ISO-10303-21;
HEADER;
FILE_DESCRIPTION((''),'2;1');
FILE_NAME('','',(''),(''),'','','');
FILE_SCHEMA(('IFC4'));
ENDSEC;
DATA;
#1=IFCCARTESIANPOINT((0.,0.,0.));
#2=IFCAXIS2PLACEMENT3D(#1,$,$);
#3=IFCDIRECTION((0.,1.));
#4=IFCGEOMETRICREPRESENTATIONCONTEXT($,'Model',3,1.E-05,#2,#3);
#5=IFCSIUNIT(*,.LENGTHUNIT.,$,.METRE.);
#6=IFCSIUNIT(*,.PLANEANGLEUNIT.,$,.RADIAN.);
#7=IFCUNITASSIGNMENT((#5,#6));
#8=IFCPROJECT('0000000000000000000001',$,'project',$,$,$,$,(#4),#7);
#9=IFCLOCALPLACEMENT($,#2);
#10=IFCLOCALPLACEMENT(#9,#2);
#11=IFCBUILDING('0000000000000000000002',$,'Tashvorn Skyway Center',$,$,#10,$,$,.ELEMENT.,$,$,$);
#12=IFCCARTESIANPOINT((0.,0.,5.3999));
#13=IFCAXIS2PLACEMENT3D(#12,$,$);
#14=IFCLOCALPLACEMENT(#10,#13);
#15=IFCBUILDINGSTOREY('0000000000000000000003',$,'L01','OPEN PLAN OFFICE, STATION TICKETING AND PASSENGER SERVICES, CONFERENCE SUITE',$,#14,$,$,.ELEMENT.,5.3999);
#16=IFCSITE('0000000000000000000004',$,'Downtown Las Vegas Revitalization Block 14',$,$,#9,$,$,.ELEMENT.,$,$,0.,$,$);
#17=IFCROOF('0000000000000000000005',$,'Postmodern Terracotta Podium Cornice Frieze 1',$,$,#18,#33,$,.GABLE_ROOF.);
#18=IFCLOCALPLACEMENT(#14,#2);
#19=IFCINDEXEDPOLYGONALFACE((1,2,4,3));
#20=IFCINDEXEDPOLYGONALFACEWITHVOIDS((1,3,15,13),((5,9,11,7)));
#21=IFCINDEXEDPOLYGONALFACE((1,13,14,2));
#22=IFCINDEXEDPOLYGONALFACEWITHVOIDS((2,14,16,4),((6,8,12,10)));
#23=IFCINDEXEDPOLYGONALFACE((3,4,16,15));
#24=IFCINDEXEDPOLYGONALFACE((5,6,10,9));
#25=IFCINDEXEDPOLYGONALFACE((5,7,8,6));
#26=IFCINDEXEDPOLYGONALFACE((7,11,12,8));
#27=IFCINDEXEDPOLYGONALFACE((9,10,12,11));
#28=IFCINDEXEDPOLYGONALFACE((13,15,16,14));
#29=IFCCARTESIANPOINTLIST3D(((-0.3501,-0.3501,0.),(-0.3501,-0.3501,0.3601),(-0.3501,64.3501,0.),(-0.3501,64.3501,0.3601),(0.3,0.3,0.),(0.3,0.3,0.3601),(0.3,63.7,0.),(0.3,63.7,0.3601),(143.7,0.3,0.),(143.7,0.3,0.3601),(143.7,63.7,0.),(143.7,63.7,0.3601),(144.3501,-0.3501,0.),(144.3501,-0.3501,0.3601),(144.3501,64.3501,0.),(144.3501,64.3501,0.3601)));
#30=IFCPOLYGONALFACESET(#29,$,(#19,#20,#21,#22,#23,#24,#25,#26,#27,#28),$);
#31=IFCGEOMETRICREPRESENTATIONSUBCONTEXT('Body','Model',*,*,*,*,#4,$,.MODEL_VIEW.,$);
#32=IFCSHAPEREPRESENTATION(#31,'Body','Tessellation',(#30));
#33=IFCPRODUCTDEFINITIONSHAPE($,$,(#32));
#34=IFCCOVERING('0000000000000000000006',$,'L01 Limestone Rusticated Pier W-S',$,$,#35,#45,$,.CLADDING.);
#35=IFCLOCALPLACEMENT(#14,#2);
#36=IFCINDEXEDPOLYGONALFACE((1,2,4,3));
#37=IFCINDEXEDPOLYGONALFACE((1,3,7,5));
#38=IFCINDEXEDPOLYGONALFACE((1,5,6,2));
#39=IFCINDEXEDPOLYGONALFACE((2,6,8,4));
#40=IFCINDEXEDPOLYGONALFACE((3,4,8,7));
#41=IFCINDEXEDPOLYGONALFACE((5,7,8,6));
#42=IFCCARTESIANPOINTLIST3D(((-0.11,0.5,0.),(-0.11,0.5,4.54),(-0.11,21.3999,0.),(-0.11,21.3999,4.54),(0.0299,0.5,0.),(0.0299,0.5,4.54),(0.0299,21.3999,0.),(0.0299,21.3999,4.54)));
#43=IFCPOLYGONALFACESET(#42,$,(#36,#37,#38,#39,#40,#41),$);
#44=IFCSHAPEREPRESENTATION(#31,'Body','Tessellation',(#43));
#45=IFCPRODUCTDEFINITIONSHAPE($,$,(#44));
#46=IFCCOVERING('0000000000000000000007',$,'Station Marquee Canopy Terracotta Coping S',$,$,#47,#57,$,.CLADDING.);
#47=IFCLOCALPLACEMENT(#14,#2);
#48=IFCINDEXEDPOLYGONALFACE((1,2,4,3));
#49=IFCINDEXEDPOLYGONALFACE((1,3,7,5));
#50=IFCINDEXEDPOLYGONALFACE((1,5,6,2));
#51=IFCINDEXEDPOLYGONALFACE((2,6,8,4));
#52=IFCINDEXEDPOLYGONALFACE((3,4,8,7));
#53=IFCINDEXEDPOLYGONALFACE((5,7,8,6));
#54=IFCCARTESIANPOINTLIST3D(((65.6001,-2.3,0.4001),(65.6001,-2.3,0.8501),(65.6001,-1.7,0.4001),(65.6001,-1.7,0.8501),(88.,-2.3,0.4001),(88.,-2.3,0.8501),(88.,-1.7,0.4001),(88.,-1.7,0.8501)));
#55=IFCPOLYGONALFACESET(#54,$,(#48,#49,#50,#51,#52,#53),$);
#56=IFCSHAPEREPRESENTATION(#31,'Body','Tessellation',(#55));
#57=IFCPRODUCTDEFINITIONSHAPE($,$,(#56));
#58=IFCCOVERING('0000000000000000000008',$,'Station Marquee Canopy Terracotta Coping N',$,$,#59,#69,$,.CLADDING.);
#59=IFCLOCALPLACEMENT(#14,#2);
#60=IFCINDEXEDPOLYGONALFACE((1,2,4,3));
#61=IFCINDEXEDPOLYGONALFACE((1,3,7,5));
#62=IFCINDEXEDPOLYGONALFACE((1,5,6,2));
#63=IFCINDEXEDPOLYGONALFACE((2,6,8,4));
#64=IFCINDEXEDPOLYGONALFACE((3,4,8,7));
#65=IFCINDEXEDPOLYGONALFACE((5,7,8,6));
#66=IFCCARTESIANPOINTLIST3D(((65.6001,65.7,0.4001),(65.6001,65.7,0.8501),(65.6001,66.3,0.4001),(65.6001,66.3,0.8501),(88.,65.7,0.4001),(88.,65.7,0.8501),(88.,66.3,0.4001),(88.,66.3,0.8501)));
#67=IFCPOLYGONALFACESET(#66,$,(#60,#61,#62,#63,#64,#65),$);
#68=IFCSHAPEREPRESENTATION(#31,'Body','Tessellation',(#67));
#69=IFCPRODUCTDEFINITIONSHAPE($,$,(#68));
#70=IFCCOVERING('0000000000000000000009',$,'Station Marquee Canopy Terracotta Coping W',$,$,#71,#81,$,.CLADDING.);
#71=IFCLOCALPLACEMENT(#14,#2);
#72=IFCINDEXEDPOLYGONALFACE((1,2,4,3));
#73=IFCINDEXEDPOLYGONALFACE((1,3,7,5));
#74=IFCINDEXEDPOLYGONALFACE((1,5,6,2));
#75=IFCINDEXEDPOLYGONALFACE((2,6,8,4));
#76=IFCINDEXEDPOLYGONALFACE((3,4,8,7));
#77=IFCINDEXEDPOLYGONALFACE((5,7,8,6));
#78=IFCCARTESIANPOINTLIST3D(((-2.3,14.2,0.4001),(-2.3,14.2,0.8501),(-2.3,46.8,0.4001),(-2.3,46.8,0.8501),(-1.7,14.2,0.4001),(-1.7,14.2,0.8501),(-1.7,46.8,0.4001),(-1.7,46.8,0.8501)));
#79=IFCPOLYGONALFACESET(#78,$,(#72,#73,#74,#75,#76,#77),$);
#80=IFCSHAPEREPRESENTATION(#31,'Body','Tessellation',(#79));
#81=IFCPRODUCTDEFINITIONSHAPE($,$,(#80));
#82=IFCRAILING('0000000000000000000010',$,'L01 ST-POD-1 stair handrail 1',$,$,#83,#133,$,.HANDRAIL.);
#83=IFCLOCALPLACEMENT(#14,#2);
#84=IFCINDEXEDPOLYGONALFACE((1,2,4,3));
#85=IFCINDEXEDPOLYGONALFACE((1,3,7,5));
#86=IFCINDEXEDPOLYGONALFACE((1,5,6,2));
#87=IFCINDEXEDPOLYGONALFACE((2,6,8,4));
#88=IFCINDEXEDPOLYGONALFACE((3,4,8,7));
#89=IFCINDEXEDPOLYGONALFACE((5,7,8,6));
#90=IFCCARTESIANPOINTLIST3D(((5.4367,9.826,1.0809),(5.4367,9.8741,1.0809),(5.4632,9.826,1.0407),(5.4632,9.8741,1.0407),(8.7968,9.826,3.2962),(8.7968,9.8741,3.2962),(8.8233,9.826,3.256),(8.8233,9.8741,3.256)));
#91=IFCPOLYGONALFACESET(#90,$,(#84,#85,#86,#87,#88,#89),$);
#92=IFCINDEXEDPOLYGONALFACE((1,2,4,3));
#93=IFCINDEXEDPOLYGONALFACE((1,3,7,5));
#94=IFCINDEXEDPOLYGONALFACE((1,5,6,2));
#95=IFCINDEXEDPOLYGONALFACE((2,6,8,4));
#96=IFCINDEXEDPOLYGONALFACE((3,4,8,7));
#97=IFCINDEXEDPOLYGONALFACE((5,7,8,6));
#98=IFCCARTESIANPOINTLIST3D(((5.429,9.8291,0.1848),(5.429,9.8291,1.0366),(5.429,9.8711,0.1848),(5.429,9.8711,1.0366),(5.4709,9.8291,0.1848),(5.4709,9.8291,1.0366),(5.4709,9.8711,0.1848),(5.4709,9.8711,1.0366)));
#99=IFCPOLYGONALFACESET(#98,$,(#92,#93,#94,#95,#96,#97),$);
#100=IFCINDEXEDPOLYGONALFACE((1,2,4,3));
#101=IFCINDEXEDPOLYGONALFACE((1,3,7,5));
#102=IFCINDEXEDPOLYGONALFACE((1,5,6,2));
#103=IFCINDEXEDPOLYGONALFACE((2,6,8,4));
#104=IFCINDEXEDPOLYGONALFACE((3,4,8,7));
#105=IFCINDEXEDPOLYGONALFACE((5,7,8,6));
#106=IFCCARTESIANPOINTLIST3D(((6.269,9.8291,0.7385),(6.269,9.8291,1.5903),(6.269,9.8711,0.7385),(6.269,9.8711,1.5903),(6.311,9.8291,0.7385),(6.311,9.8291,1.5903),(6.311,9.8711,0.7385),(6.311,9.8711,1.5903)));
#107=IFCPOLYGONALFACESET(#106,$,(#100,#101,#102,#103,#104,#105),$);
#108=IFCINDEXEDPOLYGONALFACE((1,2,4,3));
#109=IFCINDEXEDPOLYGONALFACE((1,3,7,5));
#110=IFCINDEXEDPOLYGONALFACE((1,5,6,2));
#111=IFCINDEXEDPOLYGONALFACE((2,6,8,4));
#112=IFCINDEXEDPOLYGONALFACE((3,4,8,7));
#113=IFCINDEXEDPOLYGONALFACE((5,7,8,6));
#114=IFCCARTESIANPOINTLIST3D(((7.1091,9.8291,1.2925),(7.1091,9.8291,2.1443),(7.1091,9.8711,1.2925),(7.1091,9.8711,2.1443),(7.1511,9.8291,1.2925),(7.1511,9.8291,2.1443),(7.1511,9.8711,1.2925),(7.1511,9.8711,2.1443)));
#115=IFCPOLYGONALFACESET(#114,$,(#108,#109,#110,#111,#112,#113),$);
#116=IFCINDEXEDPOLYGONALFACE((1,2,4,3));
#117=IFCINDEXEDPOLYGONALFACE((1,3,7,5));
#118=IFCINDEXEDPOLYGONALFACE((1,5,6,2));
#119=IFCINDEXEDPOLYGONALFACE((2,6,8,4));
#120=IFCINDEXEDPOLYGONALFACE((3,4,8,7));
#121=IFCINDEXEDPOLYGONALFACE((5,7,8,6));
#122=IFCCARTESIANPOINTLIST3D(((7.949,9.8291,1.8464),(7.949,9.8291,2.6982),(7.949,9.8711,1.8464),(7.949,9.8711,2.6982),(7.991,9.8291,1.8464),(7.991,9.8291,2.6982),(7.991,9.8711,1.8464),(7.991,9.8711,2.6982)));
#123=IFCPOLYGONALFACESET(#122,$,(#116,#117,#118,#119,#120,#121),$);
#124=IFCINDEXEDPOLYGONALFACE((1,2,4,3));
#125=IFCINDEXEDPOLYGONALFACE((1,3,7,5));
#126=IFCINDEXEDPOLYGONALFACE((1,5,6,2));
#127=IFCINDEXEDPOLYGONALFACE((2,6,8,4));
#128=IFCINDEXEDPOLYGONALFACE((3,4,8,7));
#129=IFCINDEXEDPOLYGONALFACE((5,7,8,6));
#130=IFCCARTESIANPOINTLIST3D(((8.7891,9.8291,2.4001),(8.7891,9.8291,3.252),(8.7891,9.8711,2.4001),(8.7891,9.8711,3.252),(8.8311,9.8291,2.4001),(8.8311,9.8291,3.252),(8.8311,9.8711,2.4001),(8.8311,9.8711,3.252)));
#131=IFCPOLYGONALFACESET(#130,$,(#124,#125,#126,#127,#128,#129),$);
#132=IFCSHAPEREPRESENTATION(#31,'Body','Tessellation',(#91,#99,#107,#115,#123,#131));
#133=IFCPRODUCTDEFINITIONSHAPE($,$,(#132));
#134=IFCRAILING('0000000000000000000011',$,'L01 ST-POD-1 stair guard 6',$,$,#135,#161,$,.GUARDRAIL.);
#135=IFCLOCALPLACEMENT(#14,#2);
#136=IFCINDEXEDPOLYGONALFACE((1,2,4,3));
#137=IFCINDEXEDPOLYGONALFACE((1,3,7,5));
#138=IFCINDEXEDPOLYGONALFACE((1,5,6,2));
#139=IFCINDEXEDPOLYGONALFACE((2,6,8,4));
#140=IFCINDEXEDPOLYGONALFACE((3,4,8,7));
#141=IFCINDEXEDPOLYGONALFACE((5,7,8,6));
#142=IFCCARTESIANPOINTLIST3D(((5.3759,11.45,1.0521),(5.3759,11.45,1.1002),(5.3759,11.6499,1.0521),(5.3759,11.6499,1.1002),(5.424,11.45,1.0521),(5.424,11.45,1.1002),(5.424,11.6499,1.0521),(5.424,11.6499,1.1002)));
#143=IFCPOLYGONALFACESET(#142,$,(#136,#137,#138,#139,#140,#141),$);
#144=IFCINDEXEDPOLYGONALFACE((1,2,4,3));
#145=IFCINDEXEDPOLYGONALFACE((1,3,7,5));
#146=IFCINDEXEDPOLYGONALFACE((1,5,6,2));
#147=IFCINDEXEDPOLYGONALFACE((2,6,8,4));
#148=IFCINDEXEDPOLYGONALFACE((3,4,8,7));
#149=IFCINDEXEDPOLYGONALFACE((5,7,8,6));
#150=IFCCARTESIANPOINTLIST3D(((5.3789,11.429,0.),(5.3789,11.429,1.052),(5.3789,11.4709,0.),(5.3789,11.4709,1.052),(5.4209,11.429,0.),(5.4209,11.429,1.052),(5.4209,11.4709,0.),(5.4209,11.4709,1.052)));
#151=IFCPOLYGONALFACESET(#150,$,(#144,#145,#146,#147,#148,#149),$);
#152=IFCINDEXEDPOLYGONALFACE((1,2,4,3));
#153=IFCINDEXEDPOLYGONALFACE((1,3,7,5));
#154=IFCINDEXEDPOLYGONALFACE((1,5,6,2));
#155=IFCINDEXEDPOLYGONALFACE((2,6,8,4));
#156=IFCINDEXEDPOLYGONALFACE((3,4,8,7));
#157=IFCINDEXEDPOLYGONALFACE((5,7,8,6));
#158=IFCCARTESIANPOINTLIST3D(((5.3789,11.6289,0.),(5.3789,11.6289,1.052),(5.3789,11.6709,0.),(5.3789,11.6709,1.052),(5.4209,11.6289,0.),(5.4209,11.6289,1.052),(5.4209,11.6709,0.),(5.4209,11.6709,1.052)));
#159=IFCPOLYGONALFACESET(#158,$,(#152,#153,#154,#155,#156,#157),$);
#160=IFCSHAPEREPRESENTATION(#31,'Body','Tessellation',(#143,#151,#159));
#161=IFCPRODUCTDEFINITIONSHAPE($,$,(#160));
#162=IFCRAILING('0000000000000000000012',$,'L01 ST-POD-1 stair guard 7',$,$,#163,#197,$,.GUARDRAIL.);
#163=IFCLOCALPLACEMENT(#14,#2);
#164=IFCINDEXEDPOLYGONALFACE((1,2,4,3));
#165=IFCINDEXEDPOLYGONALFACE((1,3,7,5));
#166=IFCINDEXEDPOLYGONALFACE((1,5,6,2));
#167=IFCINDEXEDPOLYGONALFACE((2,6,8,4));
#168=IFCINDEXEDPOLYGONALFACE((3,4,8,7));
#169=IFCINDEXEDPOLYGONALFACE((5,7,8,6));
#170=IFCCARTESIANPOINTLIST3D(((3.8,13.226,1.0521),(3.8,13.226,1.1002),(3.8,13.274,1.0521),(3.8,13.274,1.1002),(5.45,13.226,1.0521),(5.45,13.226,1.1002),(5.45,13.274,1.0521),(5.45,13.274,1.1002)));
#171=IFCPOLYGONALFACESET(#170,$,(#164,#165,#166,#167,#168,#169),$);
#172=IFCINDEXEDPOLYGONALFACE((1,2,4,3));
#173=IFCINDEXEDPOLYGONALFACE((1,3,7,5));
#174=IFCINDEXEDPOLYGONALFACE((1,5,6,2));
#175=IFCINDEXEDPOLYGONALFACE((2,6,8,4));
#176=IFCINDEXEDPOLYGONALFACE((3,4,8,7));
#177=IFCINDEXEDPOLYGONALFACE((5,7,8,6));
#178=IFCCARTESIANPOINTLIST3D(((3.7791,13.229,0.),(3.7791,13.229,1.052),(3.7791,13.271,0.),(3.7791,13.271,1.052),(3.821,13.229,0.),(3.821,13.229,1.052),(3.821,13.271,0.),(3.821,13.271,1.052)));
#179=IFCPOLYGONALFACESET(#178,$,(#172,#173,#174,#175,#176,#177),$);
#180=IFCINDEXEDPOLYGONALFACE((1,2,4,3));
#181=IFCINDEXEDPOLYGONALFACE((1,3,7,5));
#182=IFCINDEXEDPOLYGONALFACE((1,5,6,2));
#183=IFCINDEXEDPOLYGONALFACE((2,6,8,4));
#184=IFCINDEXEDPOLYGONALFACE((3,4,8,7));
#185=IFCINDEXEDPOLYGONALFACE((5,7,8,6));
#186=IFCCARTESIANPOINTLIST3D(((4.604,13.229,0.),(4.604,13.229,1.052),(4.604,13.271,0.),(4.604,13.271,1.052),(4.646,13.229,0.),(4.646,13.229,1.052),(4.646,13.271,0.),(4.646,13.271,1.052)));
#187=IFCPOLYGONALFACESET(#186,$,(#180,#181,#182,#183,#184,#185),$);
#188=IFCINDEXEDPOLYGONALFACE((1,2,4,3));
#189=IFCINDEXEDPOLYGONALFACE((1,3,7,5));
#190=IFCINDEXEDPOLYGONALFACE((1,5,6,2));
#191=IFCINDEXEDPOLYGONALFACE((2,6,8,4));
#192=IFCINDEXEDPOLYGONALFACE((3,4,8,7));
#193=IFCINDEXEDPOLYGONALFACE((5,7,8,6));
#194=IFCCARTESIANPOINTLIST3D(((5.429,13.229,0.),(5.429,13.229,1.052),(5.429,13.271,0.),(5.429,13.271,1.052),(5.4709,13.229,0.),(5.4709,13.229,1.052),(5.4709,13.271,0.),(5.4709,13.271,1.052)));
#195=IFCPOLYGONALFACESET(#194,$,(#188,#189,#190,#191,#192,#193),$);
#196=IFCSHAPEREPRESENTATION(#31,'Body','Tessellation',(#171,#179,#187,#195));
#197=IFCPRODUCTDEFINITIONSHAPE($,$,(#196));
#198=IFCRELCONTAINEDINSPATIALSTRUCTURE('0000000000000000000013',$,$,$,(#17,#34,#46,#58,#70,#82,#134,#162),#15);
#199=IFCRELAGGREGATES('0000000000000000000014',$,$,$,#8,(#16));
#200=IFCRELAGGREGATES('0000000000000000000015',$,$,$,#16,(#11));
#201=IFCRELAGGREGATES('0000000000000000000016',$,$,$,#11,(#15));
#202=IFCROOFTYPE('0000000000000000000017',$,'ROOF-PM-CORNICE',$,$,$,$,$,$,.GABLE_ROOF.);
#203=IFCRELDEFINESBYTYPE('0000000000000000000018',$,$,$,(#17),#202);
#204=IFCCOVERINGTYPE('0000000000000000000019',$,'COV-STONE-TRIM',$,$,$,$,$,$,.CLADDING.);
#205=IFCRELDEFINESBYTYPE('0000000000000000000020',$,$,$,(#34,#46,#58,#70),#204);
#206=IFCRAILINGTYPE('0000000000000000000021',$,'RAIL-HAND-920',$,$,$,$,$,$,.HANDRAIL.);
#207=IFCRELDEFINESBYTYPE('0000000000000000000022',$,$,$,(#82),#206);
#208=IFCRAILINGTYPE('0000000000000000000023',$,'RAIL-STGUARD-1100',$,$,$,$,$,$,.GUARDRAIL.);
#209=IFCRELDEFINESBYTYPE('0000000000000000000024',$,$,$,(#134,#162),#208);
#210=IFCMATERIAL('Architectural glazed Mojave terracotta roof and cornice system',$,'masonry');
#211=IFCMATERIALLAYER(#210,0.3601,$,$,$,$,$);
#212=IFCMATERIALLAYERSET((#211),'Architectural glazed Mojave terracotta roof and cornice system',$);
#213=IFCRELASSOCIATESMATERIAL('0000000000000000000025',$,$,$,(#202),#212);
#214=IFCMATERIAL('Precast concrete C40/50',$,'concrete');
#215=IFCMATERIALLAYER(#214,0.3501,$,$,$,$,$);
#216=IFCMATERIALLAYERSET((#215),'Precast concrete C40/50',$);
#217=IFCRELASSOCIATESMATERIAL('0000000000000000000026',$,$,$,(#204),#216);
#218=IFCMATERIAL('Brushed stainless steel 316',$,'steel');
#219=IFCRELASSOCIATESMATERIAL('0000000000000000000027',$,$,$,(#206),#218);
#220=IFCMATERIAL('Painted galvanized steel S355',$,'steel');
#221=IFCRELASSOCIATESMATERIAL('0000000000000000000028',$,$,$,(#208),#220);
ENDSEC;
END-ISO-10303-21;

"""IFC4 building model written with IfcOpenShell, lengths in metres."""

from ifc_helpers import new_model, si_unit, direction, frame, origin, origin_2d, place, context, subcontext, project, spatial, polyline, rectangle, outline, extrude, material, layer, layer_set, type_object, element, save


model = new_model("IFC4")

# Units and contexts
model_context = context("Model", 3, precision=1e-05, world=origin(), true_north=direction((0.0, 1.0)))
body_context = subcontext(model_context, "Body", "Model", "MODEL_VIEW")
ifc_project = project(units=[si_unit("LENGTHUNIT", "METRE"), si_unit("PLANEANGLEUNIT", "RADIAN")], contexts=[model_context])

# Site, building, storey
site_placement = place(None, origin())
site = spatial("IfcSite", under=ifc_project, at=site_placement, Name="Downtown Las Vegas Revitalization Block 14", CompositionType="ELEMENT", RefElevation=0.0)
building_placement = place(site_placement, origin())
building = spatial("IfcBuilding", under=site, at=building_placement, Name="Tashvorn Skyway Center", CompositionType="ELEMENT")
storey_placement = place(building_placement, frame((0.0, 0.0, 5.3999)))
storey = spatial("IfcBuildingStorey", under=building, at=storey_placement, Name="L01", Description="OPEN PLAN OFFICE, STATION TICKETING AND PASSENGER SERVICES, CONFERENCE SUITE", CompositionType="ELEMENT", Elevation=5.3999)

# Shared definitions
ifc_material_1 = material(Name="Precast concrete C40/50", Category="concrete")

# Roof
ifc_material_2 = material(Name="Architectural glazed Mojave terracotta roof and cornice system", Category="masonry")
ifc_layer_1 = layer(ifc_material_2, 0.3601)
ifc_layer_set_1 = layer_set([ifc_layer_1], Name="Architectural glazed Mojave terracotta roof and cornice system")
roof_type = type_object("IfcRoofType", Name="ROOF-PM-CORNICE", PredefinedType="GABLE_ROOF", material=ifc_layer_set_1)
roof_placement = place(storey_placement, origin())
element("IfcRoof", 1, at=roof_placement, inside=storey, type_object=roof_type, Name="Postmodern Terracotta Podium Cornice Frieze 1", PredefinedType="GABLE_ROOF", context=body_context, shape_type="SweptSolid", body=[
    extrude(outline(polyline([(-0.3501, -0.3501), (144.3501, -0.3501), (144.3501, 64.3501), (-0.3501, 64.3501), (-0.3501, -0.3501)]), holes=[polyline([(0.3, 0.3), (143.7, 0.3), (143.7, 63.7), (0.3, 63.7), (0.3, 0.3)])]), origin(), (0.0, 0.0, 1.0), 0.3601),
])

# Coverings
ifc_layer_2 = layer(ifc_material_1, 0.3501)
ifc_layer_set_2 = layer_set([ifc_layer_2], Name="Precast concrete C40/50")
covering_type = type_object("IfcCoveringType", Name="COV-STONE-TRIM", PredefinedType="CLADDING", material=ifc_layer_set_2)
covering_1_placement = place(storey_placement, frame((-0.04, 10.95, 0.0), z_axis=(0.0, 0.0, 1.0), x_axis=(1.0, 0.0, 0.0)))
element("IfcCovering", 2, at=covering_1_placement, inside=storey, type_object=covering_type, Name="L01 Limestone Rusticated Pier W-S", PredefinedType="CLADDING", context=body_context, shape_type="SweptSolid", body=[
    extrude(rectangle(XDim=0.1399, YDim=20.8999, at=origin_2d()), origin(), (0.0, 0.0, 1.0), 4.54),
])
covering_2_placement = place(storey_placement, frame((0.0, 0.0, 0.4001)))
element("IfcCovering", 3, at=covering_2_placement, inside=storey, type_object=covering_type, Name="Station Marquee Canopy Terracotta Coping S", PredefinedType="CLADDING", context=body_context, shape_type="SweptSolid", body=[
    extrude(outline(polyline([(65.6001, -2.3), (88.0, -2.3), (88.0, -1.7), (65.6001, -1.7), (65.6001, -2.3)])), origin(), (0.0, 0.0, 1.0), 0.45),
])
covering_3_placement = place(storey_placement, frame((0.0, 0.0, 0.4001)))
element("IfcCovering", 4, at=covering_3_placement, inside=storey, type_object=covering_type, Name="Station Marquee Canopy Terracotta Coping N", PredefinedType="CLADDING", context=body_context, shape_type="SweptSolid", body=[
    extrude(outline(polyline([(65.6001, 65.7), (88.0, 65.7), (88.0, 66.3), (65.6001, 66.3), (65.6001, 65.7)])), origin(), (0.0, 0.0, 1.0), 0.45),
])
covering_4_placement = place(storey_placement, frame((0.0, 0.0, 0.4001)))
element("IfcCovering", 5, at=covering_4_placement, inside=storey, type_object=covering_type, Name="Station Marquee Canopy Terracotta Coping W", PredefinedType="CLADDING", context=body_context, shape_type="SweptSolid", body=[
    extrude(outline(polyline([(-2.3, 14.2), (-1.7, 14.2), (-1.7, 46.8), (-2.3, 46.8), (-2.3, 14.2)])), origin(), (0.0, 0.0, 1.0), 0.45),
])

# Railings
ifc_material_3 = material(Name="Brushed stainless steel 316", Category="steel")
railing_type_1 = type_object("IfcRailingType", Name="RAIL-HAND-920", PredefinedType="HANDRAIL", material=ifc_material_3)
railing_1_placement = place(storey_placement, frame((5.45, 9.8501, 0.1848)))
element("IfcRailing", 6, at=railing_1_placement, inside=storey, type_object=railing_type_1, Name="L01 ST-POD-1 stair handrail 1", PredefinedType="HANDRAIL", context=body_context, shape_type="SweptSolid", body=[
    extrude(rectangle(XDim=0.0481, YDim=0.0481, at=origin_2d()), frame((0.0, 0.0, 0.876), z_axis=(0.834876, 0.0, 0.550437), x_axis=(0.0, 1.0, 0.0)), (0.0, 0.0, 1.0), 4.0247),
    extrude(rectangle(XDim=0.042, YDim=0.042, at=origin_2d()), origin(), (0.0, 0.0, 1.0), 0.8518),
    extrude(rectangle(XDim=0.042, YDim=0.042, at=origin_2d()), frame((0.8401, 0.0, 0.5537)), (0.0, 0.0, 1.0), 0.8518),
    extrude(rectangle(XDim=0.042, YDim=0.042, at=origin_2d()), frame((1.6802, 0.0, 1.1077)), (0.0, 0.0, 1.0), 0.8518),
    extrude(rectangle(XDim=0.042, YDim=0.042, at=origin_2d()), frame((2.52, 0.0, 1.6616)), (0.0, 0.0, 1.0), 0.8518),
    extrude(rectangle(XDim=0.042, YDim=0.042, at=origin_2d()), frame((3.3601, 0.0, 2.2153)), (0.0, 0.0, 1.0), 0.8518),
])
ifc_material_4 = material(Name="Painted galvanized steel S355", Category="steel")
railing_type_2 = type_object("IfcRailingType", Name="RAIL-STGUARD-1100", PredefinedType="GUARDRAIL", material=ifc_material_4)
railing_2_placement = place(storey_placement, frame((5.3999, 11.45, 0.0)))
element("IfcRailing", 7, at=railing_2_placement, inside=storey, type_object=railing_type_2, Name="L01 ST-POD-1 stair guard 6", PredefinedType="GUARDRAIL", context=body_context, shape_type="SweptSolid", body=[
    extrude(rectangle(XDim=0.0481, YDim=0.0481, at=origin_2d()), frame((0.0, 0.0, 1.0762), z_axis=(0.0, 1.0, 0.0), x_axis=(-1.0, 0.0, 0.0)), (0.0, 0.0, 1.0), 0.2),
    extrude(rectangle(XDim=0.042, YDim=0.042, at=origin_2d()), origin(), (0.0, 0.0, 1.0), 1.052),
    extrude(rectangle(XDim=0.042, YDim=0.042, at=origin_2d()), frame((0.0, 0.2, 0.0)), (0.0, 0.0, 1.0), 1.052),
])
railing_3_placement = place(storey_placement, frame((3.8, 13.25, 0.0)))
element("IfcRailing", 8, at=railing_3_placement, inside=storey, type_object=railing_type_2, Name="L01 ST-POD-1 stair guard 7", PredefinedType="GUARDRAIL", context=body_context, shape_type="SweptSolid", body=[
    extrude(rectangle(XDim=0.0481, YDim=0.0481, at=origin_2d()), frame((0.0, 0.0, 1.0762), z_axis=(1.0, 0.0, 0.0), x_axis=(0.0, 1.0, 0.0)), (0.0, 0.0, 1.0), 1.6499),
    extrude(rectangle(XDim=0.042, YDim=0.042, at=origin_2d()), origin(), (0.0, 0.0, 1.0), 1.052),
    extrude(rectangle(XDim=0.042, YDim=0.042, at=origin_2d()), frame((0.825, 0.0, 0.0)), (0.0, 0.0, 1.0), 1.052),
    extrude(rectangle(XDim=0.042, YDim=0.042, at=origin_2d()), frame((1.6499, 0.0, 0.0)), (0.0, 0.0, 1.0), 1.052),
])

save(model, "model.ifc")
